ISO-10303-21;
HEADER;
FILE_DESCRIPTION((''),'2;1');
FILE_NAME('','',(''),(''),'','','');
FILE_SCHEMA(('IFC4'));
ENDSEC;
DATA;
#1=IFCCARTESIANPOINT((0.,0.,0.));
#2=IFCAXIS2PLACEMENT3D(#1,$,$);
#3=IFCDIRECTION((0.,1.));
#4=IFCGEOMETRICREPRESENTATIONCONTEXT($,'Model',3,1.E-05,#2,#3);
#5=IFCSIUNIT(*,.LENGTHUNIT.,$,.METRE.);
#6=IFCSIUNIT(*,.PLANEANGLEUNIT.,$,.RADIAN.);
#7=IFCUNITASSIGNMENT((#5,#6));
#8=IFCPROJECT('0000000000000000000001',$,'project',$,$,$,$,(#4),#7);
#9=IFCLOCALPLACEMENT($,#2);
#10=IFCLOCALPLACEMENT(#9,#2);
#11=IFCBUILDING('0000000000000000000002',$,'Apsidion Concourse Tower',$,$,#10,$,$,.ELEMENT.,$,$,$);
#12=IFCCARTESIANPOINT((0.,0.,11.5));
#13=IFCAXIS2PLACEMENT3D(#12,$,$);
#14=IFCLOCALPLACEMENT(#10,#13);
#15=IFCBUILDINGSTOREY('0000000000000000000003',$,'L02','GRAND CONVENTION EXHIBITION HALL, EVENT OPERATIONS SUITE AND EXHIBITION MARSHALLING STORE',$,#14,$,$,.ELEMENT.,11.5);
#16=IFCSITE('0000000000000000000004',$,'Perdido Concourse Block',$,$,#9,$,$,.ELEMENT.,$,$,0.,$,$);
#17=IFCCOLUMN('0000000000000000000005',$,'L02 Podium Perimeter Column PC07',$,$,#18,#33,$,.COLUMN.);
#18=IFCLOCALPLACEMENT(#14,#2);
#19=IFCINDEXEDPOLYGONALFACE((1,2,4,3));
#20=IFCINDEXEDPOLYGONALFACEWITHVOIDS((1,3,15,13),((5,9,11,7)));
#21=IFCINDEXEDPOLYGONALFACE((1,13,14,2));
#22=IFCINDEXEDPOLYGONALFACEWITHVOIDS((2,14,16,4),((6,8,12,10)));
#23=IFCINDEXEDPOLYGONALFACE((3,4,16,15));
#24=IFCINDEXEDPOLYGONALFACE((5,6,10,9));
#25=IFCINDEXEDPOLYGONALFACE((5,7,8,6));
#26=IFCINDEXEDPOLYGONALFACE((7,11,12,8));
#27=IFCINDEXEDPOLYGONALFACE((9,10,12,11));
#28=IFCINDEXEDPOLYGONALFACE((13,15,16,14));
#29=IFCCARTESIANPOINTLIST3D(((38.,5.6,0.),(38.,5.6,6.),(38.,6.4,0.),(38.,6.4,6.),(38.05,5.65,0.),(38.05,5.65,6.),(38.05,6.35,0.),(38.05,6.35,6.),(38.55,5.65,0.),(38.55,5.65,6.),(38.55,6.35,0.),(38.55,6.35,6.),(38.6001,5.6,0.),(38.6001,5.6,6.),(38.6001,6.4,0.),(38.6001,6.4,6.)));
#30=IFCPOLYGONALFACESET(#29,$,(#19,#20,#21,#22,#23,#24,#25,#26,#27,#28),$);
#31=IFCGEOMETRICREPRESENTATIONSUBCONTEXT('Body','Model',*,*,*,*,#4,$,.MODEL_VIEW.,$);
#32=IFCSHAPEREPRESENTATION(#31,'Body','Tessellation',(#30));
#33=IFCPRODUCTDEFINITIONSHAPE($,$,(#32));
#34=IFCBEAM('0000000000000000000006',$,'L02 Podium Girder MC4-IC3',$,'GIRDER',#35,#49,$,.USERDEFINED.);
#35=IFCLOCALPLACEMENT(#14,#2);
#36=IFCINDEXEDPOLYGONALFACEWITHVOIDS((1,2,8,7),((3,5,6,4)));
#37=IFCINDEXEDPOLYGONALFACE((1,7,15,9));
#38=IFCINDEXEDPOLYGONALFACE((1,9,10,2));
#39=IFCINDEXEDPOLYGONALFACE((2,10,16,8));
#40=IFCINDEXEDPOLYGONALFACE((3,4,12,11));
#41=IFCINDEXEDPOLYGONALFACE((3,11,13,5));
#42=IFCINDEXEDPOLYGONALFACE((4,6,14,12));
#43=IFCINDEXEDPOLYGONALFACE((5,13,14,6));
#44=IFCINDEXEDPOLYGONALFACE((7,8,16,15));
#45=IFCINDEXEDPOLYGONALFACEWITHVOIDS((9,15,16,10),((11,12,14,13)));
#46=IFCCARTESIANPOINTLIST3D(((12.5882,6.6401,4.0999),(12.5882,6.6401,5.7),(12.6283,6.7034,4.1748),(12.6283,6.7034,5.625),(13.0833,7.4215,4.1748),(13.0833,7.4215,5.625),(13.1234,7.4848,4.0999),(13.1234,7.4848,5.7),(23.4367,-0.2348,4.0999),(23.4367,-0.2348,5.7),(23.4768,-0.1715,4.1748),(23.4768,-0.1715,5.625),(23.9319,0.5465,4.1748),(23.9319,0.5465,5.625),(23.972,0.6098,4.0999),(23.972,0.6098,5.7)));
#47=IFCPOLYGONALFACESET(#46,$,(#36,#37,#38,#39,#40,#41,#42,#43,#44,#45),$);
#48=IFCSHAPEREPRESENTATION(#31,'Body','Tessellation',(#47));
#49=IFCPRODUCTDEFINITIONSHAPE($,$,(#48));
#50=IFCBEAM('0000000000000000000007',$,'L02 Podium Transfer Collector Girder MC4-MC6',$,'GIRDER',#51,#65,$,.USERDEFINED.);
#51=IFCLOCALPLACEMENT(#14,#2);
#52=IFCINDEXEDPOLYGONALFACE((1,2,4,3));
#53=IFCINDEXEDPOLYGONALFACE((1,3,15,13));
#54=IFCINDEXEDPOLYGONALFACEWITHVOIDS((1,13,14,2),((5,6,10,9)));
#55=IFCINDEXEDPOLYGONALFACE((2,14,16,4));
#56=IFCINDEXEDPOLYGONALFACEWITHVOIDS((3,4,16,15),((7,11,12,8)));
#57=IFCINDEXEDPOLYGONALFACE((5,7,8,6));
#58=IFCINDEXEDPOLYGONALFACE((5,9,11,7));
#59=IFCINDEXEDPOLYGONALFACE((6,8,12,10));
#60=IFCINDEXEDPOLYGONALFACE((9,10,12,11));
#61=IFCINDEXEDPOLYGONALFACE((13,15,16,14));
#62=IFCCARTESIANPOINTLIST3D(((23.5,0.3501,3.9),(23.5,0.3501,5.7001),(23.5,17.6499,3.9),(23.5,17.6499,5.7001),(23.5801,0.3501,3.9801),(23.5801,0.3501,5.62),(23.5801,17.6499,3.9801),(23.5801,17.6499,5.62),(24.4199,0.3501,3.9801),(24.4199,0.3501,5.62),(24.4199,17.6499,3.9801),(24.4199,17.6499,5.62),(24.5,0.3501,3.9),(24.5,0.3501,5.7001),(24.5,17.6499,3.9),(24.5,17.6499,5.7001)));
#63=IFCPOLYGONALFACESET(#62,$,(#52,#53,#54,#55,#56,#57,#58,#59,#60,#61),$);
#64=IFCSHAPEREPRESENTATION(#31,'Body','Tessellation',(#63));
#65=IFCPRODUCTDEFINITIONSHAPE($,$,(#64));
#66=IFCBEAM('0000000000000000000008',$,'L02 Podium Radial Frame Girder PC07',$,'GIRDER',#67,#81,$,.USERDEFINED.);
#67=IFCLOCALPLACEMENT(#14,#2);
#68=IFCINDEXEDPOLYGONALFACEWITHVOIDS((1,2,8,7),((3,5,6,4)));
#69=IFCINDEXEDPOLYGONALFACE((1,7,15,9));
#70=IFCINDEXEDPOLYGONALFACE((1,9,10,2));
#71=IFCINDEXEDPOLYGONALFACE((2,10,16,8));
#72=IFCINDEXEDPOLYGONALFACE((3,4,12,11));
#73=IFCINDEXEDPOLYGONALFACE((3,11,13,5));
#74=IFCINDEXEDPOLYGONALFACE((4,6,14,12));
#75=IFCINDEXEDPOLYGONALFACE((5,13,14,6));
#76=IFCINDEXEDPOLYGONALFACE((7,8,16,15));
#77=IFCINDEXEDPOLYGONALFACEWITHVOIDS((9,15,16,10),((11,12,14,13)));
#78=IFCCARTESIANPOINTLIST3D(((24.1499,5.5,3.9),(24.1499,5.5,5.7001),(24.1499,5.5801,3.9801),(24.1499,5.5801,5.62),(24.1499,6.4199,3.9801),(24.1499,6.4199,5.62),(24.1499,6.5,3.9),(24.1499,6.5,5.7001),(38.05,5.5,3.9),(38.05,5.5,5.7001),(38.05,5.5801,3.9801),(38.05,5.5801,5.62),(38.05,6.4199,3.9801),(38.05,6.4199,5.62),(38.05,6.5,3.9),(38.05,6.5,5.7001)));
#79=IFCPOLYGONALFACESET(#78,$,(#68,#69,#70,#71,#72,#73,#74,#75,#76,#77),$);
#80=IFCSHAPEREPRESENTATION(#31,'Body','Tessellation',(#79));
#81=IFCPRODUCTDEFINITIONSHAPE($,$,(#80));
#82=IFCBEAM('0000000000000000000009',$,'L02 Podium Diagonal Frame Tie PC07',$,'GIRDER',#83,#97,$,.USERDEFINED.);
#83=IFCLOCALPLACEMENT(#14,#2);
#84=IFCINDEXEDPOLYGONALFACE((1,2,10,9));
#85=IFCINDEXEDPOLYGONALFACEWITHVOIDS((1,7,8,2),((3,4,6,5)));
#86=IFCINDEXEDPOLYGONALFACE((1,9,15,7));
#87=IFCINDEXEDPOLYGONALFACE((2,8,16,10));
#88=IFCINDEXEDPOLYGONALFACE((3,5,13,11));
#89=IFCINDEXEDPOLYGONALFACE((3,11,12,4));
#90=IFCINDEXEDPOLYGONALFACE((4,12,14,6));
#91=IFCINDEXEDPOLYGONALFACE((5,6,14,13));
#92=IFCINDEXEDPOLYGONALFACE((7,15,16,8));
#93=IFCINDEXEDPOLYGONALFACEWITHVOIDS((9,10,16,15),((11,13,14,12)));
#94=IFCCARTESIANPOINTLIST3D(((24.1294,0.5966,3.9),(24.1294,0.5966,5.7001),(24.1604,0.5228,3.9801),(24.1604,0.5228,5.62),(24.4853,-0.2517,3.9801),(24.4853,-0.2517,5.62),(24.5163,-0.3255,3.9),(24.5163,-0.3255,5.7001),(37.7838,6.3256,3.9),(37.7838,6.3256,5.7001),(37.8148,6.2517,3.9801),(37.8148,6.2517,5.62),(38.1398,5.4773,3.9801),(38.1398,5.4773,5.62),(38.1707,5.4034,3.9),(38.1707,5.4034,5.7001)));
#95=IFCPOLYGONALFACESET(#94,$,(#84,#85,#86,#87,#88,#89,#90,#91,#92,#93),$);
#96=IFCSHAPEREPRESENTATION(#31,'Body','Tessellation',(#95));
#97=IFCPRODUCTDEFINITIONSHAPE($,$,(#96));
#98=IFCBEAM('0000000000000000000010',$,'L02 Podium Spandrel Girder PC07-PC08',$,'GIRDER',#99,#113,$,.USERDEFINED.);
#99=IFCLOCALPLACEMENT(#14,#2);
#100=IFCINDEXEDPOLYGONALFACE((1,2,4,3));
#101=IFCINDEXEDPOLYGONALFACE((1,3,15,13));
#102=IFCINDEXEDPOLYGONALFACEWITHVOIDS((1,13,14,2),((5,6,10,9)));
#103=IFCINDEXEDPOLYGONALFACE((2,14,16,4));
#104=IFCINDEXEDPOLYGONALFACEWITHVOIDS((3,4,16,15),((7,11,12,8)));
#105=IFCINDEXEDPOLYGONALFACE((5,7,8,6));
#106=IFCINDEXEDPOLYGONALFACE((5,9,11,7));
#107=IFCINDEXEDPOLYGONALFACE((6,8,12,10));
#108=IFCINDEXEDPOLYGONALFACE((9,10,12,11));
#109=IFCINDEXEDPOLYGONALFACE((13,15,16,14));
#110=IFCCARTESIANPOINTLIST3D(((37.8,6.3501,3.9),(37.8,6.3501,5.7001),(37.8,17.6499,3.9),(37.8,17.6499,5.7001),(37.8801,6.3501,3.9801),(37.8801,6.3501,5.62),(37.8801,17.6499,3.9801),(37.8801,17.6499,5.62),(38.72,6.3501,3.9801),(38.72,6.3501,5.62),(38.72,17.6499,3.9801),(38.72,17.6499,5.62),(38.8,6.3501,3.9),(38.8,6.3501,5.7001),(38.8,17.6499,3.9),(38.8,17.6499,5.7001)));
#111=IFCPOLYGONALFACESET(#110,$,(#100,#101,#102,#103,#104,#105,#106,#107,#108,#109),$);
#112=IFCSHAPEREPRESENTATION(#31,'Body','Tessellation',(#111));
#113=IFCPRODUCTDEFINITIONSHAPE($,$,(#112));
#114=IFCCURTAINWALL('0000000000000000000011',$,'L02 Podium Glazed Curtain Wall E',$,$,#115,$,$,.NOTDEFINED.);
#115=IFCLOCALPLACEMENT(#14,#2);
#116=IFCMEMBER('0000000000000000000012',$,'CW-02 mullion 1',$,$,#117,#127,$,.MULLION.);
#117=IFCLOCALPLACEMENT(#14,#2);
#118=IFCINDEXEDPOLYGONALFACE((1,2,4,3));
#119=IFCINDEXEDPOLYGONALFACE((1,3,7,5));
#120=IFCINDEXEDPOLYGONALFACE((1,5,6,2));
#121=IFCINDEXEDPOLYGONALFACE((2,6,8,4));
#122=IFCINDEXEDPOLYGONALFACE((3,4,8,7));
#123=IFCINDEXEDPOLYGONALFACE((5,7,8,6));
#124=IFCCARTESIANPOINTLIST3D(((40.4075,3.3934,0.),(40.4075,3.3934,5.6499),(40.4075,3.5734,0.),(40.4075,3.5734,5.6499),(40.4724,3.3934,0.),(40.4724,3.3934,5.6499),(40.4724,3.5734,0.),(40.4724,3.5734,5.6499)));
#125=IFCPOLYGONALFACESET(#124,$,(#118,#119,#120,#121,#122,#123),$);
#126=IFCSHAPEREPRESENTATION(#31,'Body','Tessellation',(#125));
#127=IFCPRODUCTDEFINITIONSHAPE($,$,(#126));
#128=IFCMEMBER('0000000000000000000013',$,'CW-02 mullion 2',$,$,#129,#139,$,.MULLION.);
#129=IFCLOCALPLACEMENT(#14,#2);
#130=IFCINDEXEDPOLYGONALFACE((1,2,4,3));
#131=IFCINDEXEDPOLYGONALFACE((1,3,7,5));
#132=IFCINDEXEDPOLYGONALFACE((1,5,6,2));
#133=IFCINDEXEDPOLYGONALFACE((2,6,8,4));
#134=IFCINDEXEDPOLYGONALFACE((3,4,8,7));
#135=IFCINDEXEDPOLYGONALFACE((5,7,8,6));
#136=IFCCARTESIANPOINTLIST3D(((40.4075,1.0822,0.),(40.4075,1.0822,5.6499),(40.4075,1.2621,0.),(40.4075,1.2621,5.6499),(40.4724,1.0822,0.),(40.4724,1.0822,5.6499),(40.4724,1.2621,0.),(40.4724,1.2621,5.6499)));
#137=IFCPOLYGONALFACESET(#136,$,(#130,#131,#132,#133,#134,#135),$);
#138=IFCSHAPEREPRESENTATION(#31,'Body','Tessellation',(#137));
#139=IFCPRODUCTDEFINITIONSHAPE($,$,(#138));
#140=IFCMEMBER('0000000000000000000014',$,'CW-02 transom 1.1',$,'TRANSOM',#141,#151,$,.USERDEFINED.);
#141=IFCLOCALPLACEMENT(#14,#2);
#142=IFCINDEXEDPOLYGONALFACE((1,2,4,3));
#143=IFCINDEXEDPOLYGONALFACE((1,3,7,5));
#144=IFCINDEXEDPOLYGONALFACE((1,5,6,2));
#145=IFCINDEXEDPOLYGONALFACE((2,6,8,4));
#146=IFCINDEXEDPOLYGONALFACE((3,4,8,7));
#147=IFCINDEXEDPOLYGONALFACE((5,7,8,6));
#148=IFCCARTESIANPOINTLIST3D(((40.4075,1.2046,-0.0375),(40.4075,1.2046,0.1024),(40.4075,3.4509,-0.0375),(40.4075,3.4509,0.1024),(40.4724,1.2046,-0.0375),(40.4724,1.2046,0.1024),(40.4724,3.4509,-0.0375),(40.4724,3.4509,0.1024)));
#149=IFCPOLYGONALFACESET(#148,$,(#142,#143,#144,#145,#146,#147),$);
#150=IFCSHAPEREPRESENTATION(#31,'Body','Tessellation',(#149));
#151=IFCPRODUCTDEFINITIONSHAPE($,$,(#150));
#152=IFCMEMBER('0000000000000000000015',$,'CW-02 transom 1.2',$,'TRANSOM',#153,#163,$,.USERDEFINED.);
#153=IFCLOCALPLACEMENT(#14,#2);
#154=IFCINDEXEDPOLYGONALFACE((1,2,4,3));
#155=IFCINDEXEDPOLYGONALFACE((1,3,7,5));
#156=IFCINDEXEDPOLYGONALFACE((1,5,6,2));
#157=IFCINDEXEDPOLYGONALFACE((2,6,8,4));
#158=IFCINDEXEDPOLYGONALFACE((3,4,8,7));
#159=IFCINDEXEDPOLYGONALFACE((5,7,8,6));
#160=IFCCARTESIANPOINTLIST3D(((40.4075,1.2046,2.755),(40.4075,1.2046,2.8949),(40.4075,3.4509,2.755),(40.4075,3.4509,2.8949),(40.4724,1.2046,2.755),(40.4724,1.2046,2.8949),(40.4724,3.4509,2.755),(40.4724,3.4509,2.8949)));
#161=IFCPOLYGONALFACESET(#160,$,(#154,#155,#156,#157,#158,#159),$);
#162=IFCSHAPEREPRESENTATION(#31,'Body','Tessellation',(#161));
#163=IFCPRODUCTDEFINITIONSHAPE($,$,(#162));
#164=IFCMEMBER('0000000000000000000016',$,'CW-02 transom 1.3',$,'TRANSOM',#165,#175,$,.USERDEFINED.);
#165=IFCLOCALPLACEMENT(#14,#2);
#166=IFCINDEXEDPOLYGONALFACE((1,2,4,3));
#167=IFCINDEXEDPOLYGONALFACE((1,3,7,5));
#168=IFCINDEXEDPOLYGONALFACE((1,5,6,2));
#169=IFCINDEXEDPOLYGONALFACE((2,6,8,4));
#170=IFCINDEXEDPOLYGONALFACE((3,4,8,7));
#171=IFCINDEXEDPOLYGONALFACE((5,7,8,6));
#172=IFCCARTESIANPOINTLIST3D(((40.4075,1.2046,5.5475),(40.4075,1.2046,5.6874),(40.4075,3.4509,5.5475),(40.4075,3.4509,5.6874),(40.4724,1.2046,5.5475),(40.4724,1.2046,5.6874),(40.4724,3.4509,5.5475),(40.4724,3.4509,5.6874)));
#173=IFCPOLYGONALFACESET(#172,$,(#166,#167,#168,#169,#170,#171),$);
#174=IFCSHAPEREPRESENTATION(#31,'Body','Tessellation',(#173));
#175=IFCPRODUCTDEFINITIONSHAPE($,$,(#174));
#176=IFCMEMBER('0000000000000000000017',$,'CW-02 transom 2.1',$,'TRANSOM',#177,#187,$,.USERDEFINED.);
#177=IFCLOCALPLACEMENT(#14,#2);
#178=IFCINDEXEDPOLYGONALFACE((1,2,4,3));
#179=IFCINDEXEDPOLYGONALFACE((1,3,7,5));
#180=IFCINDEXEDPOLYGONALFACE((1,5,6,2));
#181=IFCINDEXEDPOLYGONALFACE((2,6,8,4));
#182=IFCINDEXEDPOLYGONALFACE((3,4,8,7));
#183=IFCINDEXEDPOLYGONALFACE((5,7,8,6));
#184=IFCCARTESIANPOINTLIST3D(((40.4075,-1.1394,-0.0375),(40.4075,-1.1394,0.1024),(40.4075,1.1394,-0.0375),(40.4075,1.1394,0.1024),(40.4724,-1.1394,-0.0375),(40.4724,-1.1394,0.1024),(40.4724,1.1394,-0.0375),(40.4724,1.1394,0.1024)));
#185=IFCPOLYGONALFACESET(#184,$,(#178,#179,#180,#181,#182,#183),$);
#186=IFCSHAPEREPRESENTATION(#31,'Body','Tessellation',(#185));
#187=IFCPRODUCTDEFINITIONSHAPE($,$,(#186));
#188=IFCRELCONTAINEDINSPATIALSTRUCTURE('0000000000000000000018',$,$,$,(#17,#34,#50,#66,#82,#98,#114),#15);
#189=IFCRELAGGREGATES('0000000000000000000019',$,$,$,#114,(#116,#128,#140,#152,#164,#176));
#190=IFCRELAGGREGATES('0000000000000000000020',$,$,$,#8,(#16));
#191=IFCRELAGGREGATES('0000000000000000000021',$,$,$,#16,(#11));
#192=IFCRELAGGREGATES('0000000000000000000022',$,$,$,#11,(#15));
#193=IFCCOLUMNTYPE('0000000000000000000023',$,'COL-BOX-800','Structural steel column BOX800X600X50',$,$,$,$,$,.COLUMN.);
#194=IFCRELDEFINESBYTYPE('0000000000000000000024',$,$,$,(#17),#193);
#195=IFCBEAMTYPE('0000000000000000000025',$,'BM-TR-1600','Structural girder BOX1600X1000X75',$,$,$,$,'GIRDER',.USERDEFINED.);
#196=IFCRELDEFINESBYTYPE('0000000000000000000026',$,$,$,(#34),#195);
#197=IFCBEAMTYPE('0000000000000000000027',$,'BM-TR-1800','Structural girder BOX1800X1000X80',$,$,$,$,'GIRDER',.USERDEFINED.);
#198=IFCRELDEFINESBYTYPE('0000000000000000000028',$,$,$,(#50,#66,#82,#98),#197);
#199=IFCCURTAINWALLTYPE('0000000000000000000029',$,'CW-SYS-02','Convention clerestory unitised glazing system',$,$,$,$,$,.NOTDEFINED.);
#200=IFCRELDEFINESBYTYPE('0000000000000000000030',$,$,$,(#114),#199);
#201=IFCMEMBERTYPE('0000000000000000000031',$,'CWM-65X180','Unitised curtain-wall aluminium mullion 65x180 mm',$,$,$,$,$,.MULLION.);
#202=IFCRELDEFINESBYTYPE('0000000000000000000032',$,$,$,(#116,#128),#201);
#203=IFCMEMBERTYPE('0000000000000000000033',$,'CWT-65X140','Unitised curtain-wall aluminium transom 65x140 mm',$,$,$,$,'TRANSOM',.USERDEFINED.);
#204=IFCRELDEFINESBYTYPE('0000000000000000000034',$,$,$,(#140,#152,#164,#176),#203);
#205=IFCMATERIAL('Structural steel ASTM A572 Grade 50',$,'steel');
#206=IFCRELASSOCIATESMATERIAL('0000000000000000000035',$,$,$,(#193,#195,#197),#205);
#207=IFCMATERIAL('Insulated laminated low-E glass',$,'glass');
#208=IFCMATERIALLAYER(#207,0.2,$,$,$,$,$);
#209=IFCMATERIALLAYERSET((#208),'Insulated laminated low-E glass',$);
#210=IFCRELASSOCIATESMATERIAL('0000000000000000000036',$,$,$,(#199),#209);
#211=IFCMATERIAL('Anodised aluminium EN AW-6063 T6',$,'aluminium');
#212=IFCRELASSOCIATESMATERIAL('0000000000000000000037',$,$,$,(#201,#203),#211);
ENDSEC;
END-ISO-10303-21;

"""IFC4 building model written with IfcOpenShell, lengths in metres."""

from ifc_helpers import new_model, si_unit, direction, frame, origin, origin_2d, place, context, subcontext, project, spatial, rectangle, hollow_rectangle, extrude, material, layer, layer_set, material_profile, profile_set, type_object, element, aggregate, save


model = new_model("IFC4")

# Units and contexts
model_context = context("Model", 3, precision=1e-05, world=origin(), true_north=direction((0.0, 1.0)))
body_context = subcontext(model_context, "Body", "Model", "MODEL_VIEW")
ifc_project = project(units=[si_unit("LENGTHUNIT", "METRE"), si_unit("PLANEANGLEUNIT", "RADIAN")], contexts=[model_context])

# Site, building, storey
site_placement = place(None, origin())
site = spatial("IfcSite", under=ifc_project, at=site_placement, Name="Perdido Concourse Block", CompositionType="ELEMENT", RefElevation=0.0)
building_placement = place(site_placement, origin())
building = spatial("IfcBuilding", under=site, at=building_placement, Name="Apsidion Concourse Tower", CompositionType="ELEMENT")
storey_placement = place(building_placement, frame((0.0, 0.0, 11.5)))
storey = spatial("IfcBuildingStorey", under=building, at=storey_placement, Name="L02", Description="GRAND CONVENTION EXHIBITION HALL, EVENT OPERATIONS SUITE AND EXHIBITION MARSHALLING STORE", CompositionType="ELEMENT", Elevation=11.5)

# Column
ifc_material_1 = material(Name="Structural steel ASTM A572 Grade 50", Category="steel")
ifc_material_profile_1 = material_profile(ifc_material_1, hollow_rectangle(XDim=0.6001, YDim=0.8, WallThickness=0.05, at=origin_2d()), Name="BOX800X600X50")
ifc_profile_set_1 = profile_set([ifc_material_profile_1], Name="Structural steel ASTM A572 Grade 50")
column_type = type_object("IfcColumnType", Name="COL-BOX-800", Description="Structural steel column BOX800X600X50", PredefinedType="COLUMN", material=ifc_profile_set_1)
column_placement = place(storey_placement, frame((38.3, 6.0, 0.0), z_axis=(0.0, 0.0, 1.0), x_axis=(1.0, 0.0, 0.0)))
element("IfcColumn", 1, at=column_placement, inside=storey, type_object=column_type, Name="L02 Podium Perimeter Column PC07", PredefinedType="COLUMN", context=body_context, shape_type="SweptSolid", body=[
    extrude(hollow_rectangle(XDim=0.6001, YDim=0.8, WallThickness=0.05, at=origin_2d()), origin(), (0.0, 0.0, 1.0), 6.0),
])

# Beams
ifc_material_profile_2 = material_profile(ifc_material_1, hollow_rectangle(XDim=1.0, YDim=1.6001, WallThickness=0.075, at=origin_2d()), Name="BOX1600X1000X75")
ifc_profile_set_2 = profile_set([ifc_material_profile_2], Name="Structural steel ASTM A572 Grade 50")
beam_type_1 = type_object("IfcBeamType", Name="BM-TR-1600", Description="Structural girder BOX1600X1000X75", ElementType="GIRDER", PredefinedType="USERDEFINED", material=ifc_profile_set_2)
beam_1_placement = place(storey_placement, frame((23.7043, 0.1875, 4.8999), z_axis=(-0.844671, 0.535285, 0.0), x_axis=(-0.535285, -0.844671, 0.0)))
element("IfcBeam", 2, at=beam_1_placement, inside=storey, type_object=beam_type_1, Name="L02 Podium Girder MC4-IC3", ObjectType="GIRDER", PredefinedType="USERDEFINED", context=body_context, shape_type="SweptSolid", body=[
    extrude(hollow_rectangle(XDim=1.0, YDim=1.6001, WallThickness=0.075, at=origin_2d()), origin(), (0.0, 0.0, 1.0), 12.8435),
])
ifc_material_profile_3 = material_profile(ifc_material_1, hollow_rectangle(XDim=1.0, YDim=1.8, WallThickness=0.0801, at=origin_2d()), Name="BOX1800X1000X80")
ifc_profile_set_3 = profile_set([ifc_material_profile_3], Name="Structural steel ASTM A572 Grade 50")
beam_type_2 = type_object("IfcBeamType", Name="BM-TR-1800", Description="Structural girder BOX1800X1000X80", ElementType="GIRDER", PredefinedType="USERDEFINED", material=ifc_profile_set_3)
beam_2_placement = place(storey_placement, frame((24.0, 0.3501, 4.8), z_axis=(0.0, 1.0, 0.0), x_axis=(-1.0, 0.0, 0.0)))
element("IfcBeam", 3, at=beam_2_placement, inside=storey, type_object=beam_type_2, Name="L02 Podium Transfer Collector Girder MC4-MC6", ObjectType="GIRDER", PredefinedType="USERDEFINED", context=body_context, shape_type="SweptSolid", body=[
    extrude(hollow_rectangle(XDim=1.0, YDim=1.8, WallThickness=0.0801, at=origin_2d()), origin(), (0.0, 0.0, 1.0), 17.2998),
])
beam_3_placement = place(storey_placement, frame((38.05, 6.0, 4.8), z_axis=(-1.0, 0.0, 0.0), x_axis=(0.0, -1.0, 0.0)))
element("IfcBeam", 4, at=beam_3_placement, inside=storey, type_object=beam_type_2, Name="L02 Podium Radial Frame Girder PC07", ObjectType="GIRDER", PredefinedType="USERDEFINED", context=body_context, shape_type="SweptSolid", body=[
    extrude(hollow_rectangle(XDim=1.0, YDim=1.8, WallThickness=0.0801, at=origin_2d()), origin(), (0.0, 0.0, 1.0), 13.9001),
])
beam_4_placement = place(storey_placement, frame((37.9773, 5.8645, 4.8), z_axis=(-0.922124, -0.386894, 0.0), x_axis=(0.386894, -0.922124, 0.0)))
element("IfcBeam", 5, at=beam_4_placement, inside=storey, type_object=beam_type_2, Name="L02 Podium Diagonal Frame Tie PC07", ObjectType="GIRDER", PredefinedType="USERDEFINED", context=body_context, shape_type="SweptSolid", body=[
    extrude(hollow_rectangle(XDim=1.0, YDim=1.8, WallThickness=0.0801, at=origin_2d()), origin(), (0.0, 0.0, 1.0), 14.8076),
])
beam_5_placement = place(storey_placement, frame((38.3, 6.3501, 4.8), z_axis=(0.0, 1.0, 0.0), x_axis=(-1.0, 0.0, 0.0)))
element("IfcBeam", 6, at=beam_5_placement, inside=storey, type_object=beam_type_2, Name="L02 Podium Spandrel Girder PC07-PC08", ObjectType="GIRDER", PredefinedType="USERDEFINED", context=body_context, shape_type="SweptSolid", body=[
    extrude(hollow_rectangle(XDim=1.0, YDim=1.8, WallThickness=0.0801, at=origin_2d()), origin(), (0.0, 0.0, 1.0), 11.2998),
])

# Curtain wall, members
ifc_material_2 = material(Name="Insulated laminated low-E glass", Category="glass")
ifc_layer_1 = layer(ifc_material_2, 0.2)
ifc_layer_set_1 = layer_set([ifc_layer_1], Name="Insulated laminated low-E glass")
curtain_wall_type = type_object("IfcCurtainWallType", Name="CW-SYS-02", Description="Convention clerestory unitised glazing system", PredefinedType="NOTDEFINED", material=ifc_layer_set_1)
curtain_wall_placement = place(storey_placement, origin())
curtain_wall = element("IfcCurtainWall", 7, at=curtain_wall_placement, inside=storey, type_object=curtain_wall_type, Name="L02 Podium Glazed Curtain Wall E", PredefinedType="NOTDEFINED")
ifc_material_3 = material(Name="Anodised aluminium EN AW-6063 T6", Category="aluminium")
ifc_material_profile_4 = material_profile(ifc_material_3, rectangle(XDim=0.0649, YDim=0.1799, at=origin_2d()), Name="ALU MULLION 65x180")
ifc_profile_set_4 = profile_set([ifc_material_profile_4], Name="Anodised aluminium EN AW-6063 T6")
member_type_1 = type_object("IfcMemberType", Name="CWM-65X180", Description="Unitised curtain-wall aluminium mullion 65x180 mm", PredefinedType="MULLION", material=ifc_profile_set_4)
member_1_placement = place(storey_placement, frame((40.4399, 3.4834, 0.0), z_axis=(0.0, 0.0, 1.0), x_axis=(1.0, 0.0, 0.0)))
member_1 = element("IfcMember", 8, at=member_1_placement, type_object=member_type_1, Name="CW-02 mullion 1", PredefinedType="MULLION", context=body_context, shape_type="SweptSolid", body=[
    extrude(rectangle(XDim=0.0649, YDim=0.1799, at=origin_2d()), origin(), (0.0, 0.0, 1.0), 5.6499),
])
member_2_placement = place(storey_placement, frame((40.4399, 1.1721, 0.0), z_axis=(0.0, 0.0, 1.0), x_axis=(1.0, 0.0, 0.0)))
member_2 = element("IfcMember", 9, at=member_2_placement, type_object=member_type_1, Name="CW-02 mullion 2", PredefinedType="MULLION", context=body_context, shape_type="SweptSolid", body=[
    extrude(rectangle(XDim=0.0649, YDim=0.1799, at=origin_2d()), origin(), (0.0, 0.0, 1.0), 5.6499),
])
ifc_material_profile_5 = material_profile(ifc_material_3, rectangle(XDim=0.0649, YDim=0.1399, at=origin_2d()), Name="ALU TRANSOM 65x140")
ifc_profile_set_5 = profile_set([ifc_material_profile_5], Name="Anodised aluminium EN AW-6063 T6")
member_type_2 = type_object("IfcMemberType", Name="CWT-65X140", Description="Unitised curtain-wall aluminium transom 65x140 mm", ElementType="TRANSOM", PredefinedType="USERDEFINED", material=ifc_profile_set_5)
member_3_placement = place(storey_placement, frame((40.4399, 3.4509, 0.0325), z_axis=(0.0, -1.0, 0.0), x_axis=(1.0, 0.0, 0.0)))
member_3 = element("IfcMember", 10, at=member_3_placement, type_object=member_type_2, Name="CW-02 transom 1.1", ObjectType="TRANSOM", PredefinedType="USERDEFINED", context=body_context, shape_type="SweptSolid", body=[
    extrude(rectangle(XDim=0.0649, YDim=0.1399, at=origin_2d()), origin(), (0.0, 0.0, 1.0), 2.2463),
])
member_4_placement = place(storey_placement, frame((40.4399, 3.4509, 2.825), z_axis=(0.0, -1.0, 0.0), x_axis=(1.0, 0.0, 0.0)))
member_4 = element("IfcMember", 11, at=member_4_placement, type_object=member_type_2, Name="CW-02 transom 1.2", ObjectType="TRANSOM", PredefinedType="USERDEFINED", context=body_context, shape_type="SweptSolid", body=[
    extrude(rectangle(XDim=0.0649, YDim=0.1399, at=origin_2d()), origin(), (0.0, 0.0, 1.0), 2.2463),
])
member_5_placement = place(storey_placement, frame((40.4399, 3.4509, 5.6174), z_axis=(0.0, -1.0, 0.0), x_axis=(1.0, 0.0, 0.0)))
member_5 = element("IfcMember", 12, at=member_5_placement, type_object=member_type_2, Name="CW-02 transom 1.3", ObjectType="TRANSOM", PredefinedType="USERDEFINED", context=body_context, shape_type="SweptSolid", body=[
    extrude(rectangle(XDim=0.0649, YDim=0.1399, at=origin_2d()), origin(), (0.0, 0.0, 1.0), 2.2463),
])
member_6_placement = place(storey_placement, frame((40.4399, 1.1394, 0.0325), z_axis=(0.0, -1.0, 0.0), x_axis=(1.0, 0.0, 0.0)))
member_6 = element("IfcMember", 13, at=member_6_placement, type_object=member_type_2, Name="CW-02 transom 2.1", ObjectType="TRANSOM", PredefinedType="USERDEFINED", context=body_context, shape_type="SweptSolid", body=[
    extrude(rectangle(XDim=0.0649, YDim=0.1399, at=origin_2d()), origin(), (0.0, 0.0, 1.0), 2.2788),
])
aggregate(curtain_wall, [member_1, member_2, member_3, member_4, member_5, member_6])

save(model, "model.ifc")
